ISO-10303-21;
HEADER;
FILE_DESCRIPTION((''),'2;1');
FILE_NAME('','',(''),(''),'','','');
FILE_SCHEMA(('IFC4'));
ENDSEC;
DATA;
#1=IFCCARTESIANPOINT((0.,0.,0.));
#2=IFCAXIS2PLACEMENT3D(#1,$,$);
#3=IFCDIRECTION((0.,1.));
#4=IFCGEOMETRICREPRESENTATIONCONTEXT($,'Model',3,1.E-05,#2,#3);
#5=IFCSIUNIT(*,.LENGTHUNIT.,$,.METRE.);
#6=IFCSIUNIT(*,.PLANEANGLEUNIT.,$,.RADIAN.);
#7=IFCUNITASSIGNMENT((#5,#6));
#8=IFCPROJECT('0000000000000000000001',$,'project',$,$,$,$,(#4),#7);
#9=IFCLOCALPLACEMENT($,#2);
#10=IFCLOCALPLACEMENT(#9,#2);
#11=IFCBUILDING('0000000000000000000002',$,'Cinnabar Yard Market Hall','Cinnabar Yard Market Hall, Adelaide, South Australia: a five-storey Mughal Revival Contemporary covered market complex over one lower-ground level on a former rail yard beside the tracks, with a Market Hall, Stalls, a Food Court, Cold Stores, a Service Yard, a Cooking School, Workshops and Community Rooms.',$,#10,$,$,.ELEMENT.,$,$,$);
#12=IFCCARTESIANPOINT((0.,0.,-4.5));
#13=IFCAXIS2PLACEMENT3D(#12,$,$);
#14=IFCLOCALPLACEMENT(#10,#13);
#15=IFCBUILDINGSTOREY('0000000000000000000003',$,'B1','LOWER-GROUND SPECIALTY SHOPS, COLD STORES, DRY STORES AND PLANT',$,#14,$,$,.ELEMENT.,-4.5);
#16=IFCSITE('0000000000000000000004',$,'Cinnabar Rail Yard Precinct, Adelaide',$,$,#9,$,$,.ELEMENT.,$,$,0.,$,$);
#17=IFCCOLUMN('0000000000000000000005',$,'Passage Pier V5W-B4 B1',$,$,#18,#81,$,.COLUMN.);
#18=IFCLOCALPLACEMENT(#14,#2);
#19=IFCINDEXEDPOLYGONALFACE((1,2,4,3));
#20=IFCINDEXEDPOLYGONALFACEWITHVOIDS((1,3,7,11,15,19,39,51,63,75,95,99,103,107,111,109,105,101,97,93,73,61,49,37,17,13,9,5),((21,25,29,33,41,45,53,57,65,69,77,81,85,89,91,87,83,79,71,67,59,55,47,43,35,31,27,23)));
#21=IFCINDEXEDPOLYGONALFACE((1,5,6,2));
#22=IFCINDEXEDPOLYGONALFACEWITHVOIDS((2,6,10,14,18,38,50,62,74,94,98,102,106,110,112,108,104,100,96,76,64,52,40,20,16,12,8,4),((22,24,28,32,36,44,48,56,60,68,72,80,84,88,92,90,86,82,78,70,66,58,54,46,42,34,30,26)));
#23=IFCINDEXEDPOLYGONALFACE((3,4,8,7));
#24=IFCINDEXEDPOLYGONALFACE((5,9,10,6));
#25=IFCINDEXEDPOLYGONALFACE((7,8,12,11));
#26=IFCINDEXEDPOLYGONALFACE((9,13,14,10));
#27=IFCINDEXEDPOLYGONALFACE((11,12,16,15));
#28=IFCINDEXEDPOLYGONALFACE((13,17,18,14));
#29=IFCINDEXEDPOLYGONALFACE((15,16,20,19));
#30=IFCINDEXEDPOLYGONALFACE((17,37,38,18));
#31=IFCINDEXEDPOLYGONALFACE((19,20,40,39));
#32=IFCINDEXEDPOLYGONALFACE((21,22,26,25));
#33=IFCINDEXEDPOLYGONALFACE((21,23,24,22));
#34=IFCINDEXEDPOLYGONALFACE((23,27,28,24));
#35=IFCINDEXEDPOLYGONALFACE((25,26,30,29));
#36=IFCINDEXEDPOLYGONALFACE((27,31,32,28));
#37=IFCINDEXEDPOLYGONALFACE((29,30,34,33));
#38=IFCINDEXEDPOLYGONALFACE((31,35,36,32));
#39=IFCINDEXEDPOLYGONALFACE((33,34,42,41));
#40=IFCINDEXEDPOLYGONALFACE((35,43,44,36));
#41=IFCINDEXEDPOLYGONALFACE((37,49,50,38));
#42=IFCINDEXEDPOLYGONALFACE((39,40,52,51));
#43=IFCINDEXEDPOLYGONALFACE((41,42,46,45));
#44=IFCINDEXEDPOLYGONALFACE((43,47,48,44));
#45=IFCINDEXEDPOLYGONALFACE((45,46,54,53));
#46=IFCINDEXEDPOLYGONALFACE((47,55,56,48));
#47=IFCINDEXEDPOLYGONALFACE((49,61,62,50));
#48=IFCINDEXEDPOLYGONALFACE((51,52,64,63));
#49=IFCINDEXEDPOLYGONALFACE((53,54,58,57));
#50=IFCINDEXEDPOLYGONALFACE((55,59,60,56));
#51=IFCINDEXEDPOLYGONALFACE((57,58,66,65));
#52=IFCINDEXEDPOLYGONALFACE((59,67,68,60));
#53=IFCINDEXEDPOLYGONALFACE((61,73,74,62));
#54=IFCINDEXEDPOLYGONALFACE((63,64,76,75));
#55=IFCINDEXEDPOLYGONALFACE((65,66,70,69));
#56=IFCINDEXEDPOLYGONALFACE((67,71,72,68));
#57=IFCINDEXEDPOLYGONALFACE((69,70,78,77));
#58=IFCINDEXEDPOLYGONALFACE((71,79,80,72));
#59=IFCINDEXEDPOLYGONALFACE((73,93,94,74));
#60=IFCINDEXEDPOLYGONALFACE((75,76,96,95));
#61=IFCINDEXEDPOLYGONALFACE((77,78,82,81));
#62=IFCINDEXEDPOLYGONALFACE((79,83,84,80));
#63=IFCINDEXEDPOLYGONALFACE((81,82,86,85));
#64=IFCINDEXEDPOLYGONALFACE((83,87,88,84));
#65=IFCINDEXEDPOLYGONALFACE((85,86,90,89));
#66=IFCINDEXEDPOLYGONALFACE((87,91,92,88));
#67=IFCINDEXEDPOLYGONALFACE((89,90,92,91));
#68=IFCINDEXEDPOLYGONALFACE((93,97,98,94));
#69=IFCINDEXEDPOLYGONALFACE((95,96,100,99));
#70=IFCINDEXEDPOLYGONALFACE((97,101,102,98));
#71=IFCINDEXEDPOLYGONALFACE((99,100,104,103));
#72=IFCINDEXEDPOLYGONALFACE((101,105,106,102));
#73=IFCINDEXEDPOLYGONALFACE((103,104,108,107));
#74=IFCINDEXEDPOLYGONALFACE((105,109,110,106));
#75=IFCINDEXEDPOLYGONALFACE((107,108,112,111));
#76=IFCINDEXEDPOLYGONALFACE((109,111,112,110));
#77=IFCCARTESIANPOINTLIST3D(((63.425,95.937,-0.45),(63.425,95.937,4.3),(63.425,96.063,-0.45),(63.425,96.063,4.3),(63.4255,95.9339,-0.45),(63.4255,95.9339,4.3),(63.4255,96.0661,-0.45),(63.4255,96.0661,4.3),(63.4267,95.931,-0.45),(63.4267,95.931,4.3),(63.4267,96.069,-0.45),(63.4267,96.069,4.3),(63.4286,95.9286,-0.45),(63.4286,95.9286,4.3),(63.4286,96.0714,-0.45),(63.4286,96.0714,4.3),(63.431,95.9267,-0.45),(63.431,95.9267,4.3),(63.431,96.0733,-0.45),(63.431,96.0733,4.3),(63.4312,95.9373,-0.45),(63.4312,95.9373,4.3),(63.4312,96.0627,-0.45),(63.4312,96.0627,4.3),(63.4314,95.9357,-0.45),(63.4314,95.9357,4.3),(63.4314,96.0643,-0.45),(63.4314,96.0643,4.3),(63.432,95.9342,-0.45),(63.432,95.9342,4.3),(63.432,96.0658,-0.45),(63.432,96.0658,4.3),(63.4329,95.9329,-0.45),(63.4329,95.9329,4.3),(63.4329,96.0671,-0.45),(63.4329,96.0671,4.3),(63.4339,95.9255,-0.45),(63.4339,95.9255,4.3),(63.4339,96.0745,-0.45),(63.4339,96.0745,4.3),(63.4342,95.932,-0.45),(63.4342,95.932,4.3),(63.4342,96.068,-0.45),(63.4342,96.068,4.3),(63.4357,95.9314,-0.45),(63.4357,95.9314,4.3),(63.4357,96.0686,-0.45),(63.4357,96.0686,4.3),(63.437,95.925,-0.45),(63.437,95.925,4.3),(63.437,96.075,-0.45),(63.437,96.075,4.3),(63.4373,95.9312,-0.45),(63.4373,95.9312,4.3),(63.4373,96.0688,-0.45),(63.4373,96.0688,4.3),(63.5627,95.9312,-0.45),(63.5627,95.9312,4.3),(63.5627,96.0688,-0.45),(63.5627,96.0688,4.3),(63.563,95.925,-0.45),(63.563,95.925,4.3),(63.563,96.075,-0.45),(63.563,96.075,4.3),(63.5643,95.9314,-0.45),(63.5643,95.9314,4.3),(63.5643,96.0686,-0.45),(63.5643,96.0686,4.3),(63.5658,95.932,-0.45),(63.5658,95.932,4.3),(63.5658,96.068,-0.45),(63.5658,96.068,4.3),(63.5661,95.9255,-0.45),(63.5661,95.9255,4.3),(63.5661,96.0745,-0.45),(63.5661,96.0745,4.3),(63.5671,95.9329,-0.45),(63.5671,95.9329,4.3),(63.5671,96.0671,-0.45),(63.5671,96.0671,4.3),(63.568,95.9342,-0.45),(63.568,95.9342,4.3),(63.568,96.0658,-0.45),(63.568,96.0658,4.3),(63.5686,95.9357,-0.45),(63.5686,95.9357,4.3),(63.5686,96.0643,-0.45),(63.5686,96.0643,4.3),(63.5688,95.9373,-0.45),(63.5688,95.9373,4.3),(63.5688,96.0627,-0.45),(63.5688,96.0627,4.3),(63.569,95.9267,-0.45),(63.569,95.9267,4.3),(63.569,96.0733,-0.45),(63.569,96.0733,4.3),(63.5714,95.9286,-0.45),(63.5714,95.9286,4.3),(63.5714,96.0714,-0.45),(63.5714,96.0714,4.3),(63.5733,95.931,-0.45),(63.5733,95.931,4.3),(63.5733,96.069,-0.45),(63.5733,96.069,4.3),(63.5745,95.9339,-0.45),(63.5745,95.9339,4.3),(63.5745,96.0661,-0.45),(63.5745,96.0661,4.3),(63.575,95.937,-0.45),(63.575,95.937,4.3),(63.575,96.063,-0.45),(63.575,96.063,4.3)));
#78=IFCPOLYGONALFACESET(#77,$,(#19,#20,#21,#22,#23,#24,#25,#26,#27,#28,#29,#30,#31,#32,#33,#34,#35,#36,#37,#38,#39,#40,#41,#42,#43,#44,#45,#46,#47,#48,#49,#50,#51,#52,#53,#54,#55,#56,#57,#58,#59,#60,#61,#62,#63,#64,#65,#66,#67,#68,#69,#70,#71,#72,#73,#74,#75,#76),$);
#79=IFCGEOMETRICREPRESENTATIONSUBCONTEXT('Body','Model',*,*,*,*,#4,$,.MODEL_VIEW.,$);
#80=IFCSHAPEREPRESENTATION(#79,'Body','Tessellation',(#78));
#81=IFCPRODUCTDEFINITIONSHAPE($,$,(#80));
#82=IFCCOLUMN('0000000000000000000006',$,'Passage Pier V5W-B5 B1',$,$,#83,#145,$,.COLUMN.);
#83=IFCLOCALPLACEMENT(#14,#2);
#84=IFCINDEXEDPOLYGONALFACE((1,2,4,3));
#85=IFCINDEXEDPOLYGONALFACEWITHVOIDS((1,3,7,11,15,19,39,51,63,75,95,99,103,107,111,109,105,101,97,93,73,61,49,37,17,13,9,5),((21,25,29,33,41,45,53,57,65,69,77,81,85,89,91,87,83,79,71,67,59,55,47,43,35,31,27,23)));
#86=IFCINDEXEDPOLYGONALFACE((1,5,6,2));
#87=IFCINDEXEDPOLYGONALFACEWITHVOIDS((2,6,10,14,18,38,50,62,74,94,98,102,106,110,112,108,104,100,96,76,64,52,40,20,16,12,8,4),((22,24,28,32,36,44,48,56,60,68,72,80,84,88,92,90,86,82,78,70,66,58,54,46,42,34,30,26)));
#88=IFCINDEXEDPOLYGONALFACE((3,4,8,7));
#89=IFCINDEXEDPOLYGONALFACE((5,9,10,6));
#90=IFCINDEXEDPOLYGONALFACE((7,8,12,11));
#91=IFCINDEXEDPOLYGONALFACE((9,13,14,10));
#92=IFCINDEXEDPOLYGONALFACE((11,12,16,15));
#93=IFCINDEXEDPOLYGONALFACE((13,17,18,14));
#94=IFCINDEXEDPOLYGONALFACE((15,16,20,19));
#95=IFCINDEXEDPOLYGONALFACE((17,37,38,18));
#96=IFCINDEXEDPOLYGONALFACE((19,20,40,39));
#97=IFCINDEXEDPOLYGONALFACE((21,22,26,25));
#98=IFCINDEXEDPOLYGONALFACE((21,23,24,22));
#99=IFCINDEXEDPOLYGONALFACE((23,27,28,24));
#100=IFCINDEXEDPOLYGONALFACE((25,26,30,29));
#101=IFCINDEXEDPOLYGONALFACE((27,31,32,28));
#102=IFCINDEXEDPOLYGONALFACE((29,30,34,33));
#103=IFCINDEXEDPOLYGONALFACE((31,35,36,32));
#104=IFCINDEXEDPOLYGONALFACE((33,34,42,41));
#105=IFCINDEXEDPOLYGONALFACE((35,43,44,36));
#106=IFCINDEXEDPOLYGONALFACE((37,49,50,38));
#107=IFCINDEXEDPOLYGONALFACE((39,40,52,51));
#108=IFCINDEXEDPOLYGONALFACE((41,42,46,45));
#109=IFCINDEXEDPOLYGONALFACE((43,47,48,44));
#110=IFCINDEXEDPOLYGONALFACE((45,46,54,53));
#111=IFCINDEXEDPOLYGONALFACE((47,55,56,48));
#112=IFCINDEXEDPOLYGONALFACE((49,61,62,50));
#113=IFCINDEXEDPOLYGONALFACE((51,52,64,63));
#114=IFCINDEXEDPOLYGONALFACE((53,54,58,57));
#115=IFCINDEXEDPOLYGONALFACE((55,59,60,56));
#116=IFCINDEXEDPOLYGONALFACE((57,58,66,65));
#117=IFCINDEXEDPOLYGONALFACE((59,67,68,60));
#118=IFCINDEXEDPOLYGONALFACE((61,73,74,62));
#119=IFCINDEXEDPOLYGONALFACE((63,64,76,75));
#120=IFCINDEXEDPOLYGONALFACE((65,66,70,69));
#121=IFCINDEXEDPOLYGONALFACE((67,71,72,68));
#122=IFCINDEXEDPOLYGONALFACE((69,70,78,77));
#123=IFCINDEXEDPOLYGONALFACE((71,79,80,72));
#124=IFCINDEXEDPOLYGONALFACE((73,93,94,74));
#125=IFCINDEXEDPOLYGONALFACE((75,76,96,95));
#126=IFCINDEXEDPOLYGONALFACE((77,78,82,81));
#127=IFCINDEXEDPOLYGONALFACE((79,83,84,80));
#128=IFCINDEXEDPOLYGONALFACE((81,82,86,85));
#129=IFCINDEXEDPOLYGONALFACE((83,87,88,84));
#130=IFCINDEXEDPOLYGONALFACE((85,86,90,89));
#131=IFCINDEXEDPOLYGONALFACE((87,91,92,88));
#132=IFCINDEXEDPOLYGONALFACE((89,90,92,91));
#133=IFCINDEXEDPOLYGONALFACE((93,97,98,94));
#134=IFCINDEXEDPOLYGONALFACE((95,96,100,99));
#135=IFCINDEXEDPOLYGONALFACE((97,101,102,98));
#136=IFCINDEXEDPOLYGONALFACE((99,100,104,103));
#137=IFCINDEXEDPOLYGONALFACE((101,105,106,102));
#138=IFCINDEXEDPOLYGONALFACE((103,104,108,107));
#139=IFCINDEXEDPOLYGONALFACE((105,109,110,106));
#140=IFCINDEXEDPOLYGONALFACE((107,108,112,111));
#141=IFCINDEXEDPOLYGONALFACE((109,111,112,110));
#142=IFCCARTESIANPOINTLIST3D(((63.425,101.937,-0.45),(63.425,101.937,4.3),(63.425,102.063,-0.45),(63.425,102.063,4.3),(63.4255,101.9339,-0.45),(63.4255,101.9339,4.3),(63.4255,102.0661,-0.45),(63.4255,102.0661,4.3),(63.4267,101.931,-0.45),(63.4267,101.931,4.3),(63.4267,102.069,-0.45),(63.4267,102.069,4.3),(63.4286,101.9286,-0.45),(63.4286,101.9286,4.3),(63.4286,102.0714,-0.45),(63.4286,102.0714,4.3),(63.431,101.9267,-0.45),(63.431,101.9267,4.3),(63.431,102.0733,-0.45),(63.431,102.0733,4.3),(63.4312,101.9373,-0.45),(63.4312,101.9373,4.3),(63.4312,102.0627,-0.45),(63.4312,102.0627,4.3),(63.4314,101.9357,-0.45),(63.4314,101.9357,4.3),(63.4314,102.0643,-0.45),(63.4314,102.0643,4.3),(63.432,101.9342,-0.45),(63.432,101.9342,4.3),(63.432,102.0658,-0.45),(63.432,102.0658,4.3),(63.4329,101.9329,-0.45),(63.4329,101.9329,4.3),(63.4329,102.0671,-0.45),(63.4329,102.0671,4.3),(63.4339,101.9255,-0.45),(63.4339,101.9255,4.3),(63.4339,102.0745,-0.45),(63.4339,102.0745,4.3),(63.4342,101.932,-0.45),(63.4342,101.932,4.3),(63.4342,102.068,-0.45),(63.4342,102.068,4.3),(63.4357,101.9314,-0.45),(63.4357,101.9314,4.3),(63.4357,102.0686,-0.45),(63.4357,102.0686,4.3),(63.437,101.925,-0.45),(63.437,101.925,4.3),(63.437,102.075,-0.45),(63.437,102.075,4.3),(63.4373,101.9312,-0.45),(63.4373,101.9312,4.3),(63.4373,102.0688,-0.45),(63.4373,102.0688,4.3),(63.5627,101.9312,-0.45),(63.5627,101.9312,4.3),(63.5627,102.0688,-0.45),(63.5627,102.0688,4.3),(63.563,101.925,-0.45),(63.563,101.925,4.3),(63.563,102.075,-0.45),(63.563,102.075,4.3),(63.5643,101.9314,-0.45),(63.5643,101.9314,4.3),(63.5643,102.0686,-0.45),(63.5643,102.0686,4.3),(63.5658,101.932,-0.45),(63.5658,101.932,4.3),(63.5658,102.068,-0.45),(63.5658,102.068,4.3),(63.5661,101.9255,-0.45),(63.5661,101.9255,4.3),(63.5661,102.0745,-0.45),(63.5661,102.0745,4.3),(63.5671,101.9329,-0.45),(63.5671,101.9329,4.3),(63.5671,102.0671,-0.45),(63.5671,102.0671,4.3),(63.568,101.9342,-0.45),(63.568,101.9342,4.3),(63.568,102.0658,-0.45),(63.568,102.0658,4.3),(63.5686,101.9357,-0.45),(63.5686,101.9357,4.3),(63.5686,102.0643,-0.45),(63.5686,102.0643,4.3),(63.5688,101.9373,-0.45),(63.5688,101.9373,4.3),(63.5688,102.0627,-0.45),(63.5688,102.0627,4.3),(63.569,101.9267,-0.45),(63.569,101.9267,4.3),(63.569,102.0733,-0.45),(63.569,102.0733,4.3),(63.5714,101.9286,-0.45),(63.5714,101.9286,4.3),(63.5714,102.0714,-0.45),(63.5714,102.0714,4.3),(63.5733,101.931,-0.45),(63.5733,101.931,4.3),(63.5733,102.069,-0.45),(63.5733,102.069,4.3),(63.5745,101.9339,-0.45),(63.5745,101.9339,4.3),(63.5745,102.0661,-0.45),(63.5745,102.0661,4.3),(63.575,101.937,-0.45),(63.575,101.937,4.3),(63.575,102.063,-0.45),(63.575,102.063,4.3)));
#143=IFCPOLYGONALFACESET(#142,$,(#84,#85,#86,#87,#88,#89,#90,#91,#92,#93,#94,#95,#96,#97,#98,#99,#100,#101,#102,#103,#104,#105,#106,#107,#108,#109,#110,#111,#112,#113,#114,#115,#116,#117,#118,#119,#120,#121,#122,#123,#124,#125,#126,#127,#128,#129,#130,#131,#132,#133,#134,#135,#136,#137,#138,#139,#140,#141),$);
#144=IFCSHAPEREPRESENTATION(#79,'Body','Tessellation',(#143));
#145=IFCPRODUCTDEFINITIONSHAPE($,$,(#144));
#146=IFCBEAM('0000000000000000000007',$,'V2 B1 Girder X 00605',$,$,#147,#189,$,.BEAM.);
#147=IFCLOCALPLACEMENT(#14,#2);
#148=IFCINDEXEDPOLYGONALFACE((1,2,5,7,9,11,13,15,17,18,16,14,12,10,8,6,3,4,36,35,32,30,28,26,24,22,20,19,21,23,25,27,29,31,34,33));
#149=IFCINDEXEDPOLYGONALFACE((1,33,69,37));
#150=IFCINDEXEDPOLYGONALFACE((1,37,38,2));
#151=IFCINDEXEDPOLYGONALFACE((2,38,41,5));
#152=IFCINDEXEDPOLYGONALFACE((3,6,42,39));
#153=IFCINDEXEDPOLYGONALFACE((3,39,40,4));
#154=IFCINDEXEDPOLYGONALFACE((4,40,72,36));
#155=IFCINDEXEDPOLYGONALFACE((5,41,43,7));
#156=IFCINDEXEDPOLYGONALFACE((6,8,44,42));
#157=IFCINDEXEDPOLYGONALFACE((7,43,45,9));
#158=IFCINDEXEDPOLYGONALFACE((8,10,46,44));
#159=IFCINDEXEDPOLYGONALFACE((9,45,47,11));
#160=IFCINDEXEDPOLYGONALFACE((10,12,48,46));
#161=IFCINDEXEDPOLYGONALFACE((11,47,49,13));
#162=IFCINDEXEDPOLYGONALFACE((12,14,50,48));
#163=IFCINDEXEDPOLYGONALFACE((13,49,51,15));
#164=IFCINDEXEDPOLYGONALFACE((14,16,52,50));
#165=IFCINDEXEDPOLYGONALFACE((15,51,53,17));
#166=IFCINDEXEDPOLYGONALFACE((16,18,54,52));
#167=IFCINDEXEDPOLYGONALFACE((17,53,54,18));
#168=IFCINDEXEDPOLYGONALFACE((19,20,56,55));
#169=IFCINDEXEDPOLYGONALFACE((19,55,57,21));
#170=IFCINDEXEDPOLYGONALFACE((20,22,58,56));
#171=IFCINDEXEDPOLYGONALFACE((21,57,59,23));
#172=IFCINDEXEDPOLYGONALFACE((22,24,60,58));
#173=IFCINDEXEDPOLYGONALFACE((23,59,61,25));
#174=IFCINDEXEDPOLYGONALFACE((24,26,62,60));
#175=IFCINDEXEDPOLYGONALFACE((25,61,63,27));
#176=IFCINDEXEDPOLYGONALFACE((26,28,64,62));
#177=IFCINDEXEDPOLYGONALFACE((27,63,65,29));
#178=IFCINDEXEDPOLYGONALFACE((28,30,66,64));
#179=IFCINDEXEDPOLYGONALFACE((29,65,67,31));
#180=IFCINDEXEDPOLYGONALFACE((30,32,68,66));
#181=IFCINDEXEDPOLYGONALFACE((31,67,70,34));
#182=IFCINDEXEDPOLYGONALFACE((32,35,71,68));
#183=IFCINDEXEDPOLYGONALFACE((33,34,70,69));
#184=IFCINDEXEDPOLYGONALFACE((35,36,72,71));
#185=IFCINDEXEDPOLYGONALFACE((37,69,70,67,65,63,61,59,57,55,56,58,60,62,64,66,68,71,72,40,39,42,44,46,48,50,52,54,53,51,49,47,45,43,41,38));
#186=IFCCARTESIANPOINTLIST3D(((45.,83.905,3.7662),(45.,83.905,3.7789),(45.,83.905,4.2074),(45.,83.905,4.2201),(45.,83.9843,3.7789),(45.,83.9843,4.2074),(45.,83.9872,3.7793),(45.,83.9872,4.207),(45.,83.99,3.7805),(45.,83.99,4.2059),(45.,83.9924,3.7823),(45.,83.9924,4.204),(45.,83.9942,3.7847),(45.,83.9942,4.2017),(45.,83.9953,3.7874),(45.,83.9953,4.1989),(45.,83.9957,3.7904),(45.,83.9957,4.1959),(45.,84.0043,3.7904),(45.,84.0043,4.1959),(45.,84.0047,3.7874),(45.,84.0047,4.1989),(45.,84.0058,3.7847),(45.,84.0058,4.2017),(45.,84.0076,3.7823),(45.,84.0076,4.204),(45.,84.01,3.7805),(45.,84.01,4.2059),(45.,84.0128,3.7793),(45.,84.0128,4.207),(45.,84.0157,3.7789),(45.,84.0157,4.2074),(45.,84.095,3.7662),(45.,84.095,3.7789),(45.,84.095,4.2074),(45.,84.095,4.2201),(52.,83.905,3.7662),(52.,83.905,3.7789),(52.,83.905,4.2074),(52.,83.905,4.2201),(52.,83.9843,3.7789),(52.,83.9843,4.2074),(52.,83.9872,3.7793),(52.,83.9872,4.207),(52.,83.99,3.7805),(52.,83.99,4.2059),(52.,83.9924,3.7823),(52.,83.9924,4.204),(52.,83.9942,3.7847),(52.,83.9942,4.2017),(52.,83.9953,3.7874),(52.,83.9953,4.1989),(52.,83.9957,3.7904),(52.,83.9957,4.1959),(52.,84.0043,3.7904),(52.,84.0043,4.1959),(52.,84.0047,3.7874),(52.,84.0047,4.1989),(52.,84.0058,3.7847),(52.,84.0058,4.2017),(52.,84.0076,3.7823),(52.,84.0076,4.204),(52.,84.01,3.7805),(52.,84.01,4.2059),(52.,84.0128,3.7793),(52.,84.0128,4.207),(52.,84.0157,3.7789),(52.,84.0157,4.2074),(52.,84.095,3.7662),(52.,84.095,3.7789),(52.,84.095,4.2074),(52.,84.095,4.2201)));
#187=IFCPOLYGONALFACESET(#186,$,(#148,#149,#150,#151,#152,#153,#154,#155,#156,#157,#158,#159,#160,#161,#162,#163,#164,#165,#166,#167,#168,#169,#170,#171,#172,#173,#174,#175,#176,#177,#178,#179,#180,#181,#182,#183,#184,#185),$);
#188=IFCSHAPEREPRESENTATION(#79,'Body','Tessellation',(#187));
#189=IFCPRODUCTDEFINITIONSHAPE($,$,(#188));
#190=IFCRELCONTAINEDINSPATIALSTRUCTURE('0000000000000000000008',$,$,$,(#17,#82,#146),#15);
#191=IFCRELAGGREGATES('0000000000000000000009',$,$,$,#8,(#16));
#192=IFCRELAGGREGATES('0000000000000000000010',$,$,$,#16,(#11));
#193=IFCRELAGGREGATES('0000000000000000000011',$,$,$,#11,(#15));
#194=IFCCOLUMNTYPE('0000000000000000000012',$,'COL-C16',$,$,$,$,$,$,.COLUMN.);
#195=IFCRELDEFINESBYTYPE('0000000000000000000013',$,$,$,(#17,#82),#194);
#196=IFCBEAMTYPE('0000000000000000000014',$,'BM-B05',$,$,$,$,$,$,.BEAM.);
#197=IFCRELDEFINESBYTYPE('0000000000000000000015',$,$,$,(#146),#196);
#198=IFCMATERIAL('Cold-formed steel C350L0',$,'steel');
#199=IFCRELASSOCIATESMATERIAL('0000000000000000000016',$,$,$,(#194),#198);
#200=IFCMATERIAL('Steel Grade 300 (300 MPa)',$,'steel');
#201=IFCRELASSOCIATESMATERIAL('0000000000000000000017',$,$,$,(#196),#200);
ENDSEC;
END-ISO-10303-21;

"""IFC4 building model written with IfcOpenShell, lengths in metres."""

from ifc_helpers import new_model, si_unit, direction, frame, origin, origin_2d_with_axis, place, context, subcontext, project, spatial, hollow_rectangle, i_section, extrude, material, material_profile, profile_set, type_object, element, save


model = new_model("IFC4")

# Units and contexts
model_context = context("Model", 3, precision=1e-05, world=origin(), true_north=direction((0.0, 1.0)))
body_context = subcontext(model_context, "Body", "Model", "MODEL_VIEW")
ifc_project = project(units=[si_unit("LENGTHUNIT", "METRE"), si_unit("PLANEANGLEUNIT", "RADIAN")], contexts=[model_context])

# Site, building, storey
site_placement = place(None, origin())
site = spatial("IfcSite", under=ifc_project, at=site_placement, Name="Cinnabar Rail Yard Precinct, Adelaide", CompositionType="ELEMENT", RefElevation=0.0)
building_placement = place(site_placement, origin())
building = spatial("IfcBuilding", under=site, at=building_placement, Name="Cinnabar Yard Market Hall", Description="Cinnabar Yard Market Hall, Adelaide, South Australia: a five-storey Mughal Revival Contemporary covered market complex over one lower-ground level on a former rail yard beside the tracks, with a Market Hall, Stalls, a Food Court, Cold Stores, a Service Yard, a Cooking School, Workshops and Community Rooms.", CompositionType="ELEMENT")
storey_placement = place(building_placement, frame((0.0, 0.0, -4.5)))
storey = spatial("IfcBuildingStorey", under=building, at=storey_placement, Name="B1", Description="LOWER-GROUND SPECIALTY SHOPS, COLD STORES, DRY STORES AND PLANT", CompositionType="ELEMENT", Elevation=-4.5)

# Columns
ifc_material_1 = material(Name="Steel Grade 300 (300 MPa)", Category="steel")
ifc_material_2 = material(Name="Cold-formed steel C350L0", Category="steel")
ifc_material_profile_1 = material_profile(ifc_material_2, hollow_rectangle(XDim=0.1499, YDim=0.1499, WallThickness=0.0061, InnerFilletRadius=0.0061, OuterFilletRadius=0.012, at=origin_2d_with_axis()), Name="150x150x6.0SHS")
ifc_profile_set_1 = profile_set([ifc_material_profile_1], Name="Cold-formed steel C350L0")
column_type_1 = type_object("IfcColumnType", Name="COL-C16", PredefinedType="COLUMN", material=ifc_profile_set_1)
for number, where, z_axis, x_axis, name in (
    (1, (63.5, 96.0, -0.45), (0.0, 0.0, 1.0), (1.0, 0.0, 0.0), "Passage Pier V5W-B4 B1"),
    (2, (63.5, 102.0, -0.45), (0.0, 0.0, 1.0), (1.0, 0.0, 0.0), "Passage Pier V5W-B5 B1"),
):
    element("IfcColumn", number, at=place(storey_placement, frame(where, z_axis=z_axis, x_axis=x_axis)), inside=storey, type_object=column_type_1, Name=name, PredefinedType="COLUMN", context=body_context, shape_type="SweptSolid", body=[
        extrude(hollow_rectangle(XDim=0.1499, YDim=0.1499, WallThickness=0.0061, InnerFilletRadius=0.0061, OuterFilletRadius=0.012, at=origin_2d_with_axis()), origin(), (0.0, 0.0, 1.0), 4.75),
    ])

# Beam
ifc_material_profile_2 = material_profile(ifc_material_1, i_section(OverallWidth=0.1899, OverallDepth=0.4539, WebThickness=0.0085, FlangeThickness=0.0127, FilletRadius=0.0115, at=origin_2d_with_axis()), Name="460UB67.1")
ifc_profile_set_2 = profile_set([ifc_material_profile_2], Name="Steel Grade 300 (300 MPa)")
beam_type = type_object("IfcBeamType", Name="BM-B05", PredefinedType="BEAM", material=ifc_profile_set_2)
beam_placement = place(storey_placement, frame((45.0, 84.0, 3.9932), z_axis=(1.0, 0.0, 0.0), x_axis=(0.0, 1.0, 0.0)))
element("IfcBeam", 3, at=beam_placement, inside=storey, type_object=beam_type, Name="V2 B1 Girder X 00605", PredefinedType="BEAM", context=body_context, shape_type="SweptSolid", body=[
    extrude(i_section(OverallWidth=0.1899, OverallDepth=0.4539, WebThickness=0.0085, FlangeThickness=0.0127, FilletRadius=0.0115, at=origin_2d_with_axis()), origin(), (0.0, 0.0, 1.0), 7.0),
])

save(model, "model.ifc")
